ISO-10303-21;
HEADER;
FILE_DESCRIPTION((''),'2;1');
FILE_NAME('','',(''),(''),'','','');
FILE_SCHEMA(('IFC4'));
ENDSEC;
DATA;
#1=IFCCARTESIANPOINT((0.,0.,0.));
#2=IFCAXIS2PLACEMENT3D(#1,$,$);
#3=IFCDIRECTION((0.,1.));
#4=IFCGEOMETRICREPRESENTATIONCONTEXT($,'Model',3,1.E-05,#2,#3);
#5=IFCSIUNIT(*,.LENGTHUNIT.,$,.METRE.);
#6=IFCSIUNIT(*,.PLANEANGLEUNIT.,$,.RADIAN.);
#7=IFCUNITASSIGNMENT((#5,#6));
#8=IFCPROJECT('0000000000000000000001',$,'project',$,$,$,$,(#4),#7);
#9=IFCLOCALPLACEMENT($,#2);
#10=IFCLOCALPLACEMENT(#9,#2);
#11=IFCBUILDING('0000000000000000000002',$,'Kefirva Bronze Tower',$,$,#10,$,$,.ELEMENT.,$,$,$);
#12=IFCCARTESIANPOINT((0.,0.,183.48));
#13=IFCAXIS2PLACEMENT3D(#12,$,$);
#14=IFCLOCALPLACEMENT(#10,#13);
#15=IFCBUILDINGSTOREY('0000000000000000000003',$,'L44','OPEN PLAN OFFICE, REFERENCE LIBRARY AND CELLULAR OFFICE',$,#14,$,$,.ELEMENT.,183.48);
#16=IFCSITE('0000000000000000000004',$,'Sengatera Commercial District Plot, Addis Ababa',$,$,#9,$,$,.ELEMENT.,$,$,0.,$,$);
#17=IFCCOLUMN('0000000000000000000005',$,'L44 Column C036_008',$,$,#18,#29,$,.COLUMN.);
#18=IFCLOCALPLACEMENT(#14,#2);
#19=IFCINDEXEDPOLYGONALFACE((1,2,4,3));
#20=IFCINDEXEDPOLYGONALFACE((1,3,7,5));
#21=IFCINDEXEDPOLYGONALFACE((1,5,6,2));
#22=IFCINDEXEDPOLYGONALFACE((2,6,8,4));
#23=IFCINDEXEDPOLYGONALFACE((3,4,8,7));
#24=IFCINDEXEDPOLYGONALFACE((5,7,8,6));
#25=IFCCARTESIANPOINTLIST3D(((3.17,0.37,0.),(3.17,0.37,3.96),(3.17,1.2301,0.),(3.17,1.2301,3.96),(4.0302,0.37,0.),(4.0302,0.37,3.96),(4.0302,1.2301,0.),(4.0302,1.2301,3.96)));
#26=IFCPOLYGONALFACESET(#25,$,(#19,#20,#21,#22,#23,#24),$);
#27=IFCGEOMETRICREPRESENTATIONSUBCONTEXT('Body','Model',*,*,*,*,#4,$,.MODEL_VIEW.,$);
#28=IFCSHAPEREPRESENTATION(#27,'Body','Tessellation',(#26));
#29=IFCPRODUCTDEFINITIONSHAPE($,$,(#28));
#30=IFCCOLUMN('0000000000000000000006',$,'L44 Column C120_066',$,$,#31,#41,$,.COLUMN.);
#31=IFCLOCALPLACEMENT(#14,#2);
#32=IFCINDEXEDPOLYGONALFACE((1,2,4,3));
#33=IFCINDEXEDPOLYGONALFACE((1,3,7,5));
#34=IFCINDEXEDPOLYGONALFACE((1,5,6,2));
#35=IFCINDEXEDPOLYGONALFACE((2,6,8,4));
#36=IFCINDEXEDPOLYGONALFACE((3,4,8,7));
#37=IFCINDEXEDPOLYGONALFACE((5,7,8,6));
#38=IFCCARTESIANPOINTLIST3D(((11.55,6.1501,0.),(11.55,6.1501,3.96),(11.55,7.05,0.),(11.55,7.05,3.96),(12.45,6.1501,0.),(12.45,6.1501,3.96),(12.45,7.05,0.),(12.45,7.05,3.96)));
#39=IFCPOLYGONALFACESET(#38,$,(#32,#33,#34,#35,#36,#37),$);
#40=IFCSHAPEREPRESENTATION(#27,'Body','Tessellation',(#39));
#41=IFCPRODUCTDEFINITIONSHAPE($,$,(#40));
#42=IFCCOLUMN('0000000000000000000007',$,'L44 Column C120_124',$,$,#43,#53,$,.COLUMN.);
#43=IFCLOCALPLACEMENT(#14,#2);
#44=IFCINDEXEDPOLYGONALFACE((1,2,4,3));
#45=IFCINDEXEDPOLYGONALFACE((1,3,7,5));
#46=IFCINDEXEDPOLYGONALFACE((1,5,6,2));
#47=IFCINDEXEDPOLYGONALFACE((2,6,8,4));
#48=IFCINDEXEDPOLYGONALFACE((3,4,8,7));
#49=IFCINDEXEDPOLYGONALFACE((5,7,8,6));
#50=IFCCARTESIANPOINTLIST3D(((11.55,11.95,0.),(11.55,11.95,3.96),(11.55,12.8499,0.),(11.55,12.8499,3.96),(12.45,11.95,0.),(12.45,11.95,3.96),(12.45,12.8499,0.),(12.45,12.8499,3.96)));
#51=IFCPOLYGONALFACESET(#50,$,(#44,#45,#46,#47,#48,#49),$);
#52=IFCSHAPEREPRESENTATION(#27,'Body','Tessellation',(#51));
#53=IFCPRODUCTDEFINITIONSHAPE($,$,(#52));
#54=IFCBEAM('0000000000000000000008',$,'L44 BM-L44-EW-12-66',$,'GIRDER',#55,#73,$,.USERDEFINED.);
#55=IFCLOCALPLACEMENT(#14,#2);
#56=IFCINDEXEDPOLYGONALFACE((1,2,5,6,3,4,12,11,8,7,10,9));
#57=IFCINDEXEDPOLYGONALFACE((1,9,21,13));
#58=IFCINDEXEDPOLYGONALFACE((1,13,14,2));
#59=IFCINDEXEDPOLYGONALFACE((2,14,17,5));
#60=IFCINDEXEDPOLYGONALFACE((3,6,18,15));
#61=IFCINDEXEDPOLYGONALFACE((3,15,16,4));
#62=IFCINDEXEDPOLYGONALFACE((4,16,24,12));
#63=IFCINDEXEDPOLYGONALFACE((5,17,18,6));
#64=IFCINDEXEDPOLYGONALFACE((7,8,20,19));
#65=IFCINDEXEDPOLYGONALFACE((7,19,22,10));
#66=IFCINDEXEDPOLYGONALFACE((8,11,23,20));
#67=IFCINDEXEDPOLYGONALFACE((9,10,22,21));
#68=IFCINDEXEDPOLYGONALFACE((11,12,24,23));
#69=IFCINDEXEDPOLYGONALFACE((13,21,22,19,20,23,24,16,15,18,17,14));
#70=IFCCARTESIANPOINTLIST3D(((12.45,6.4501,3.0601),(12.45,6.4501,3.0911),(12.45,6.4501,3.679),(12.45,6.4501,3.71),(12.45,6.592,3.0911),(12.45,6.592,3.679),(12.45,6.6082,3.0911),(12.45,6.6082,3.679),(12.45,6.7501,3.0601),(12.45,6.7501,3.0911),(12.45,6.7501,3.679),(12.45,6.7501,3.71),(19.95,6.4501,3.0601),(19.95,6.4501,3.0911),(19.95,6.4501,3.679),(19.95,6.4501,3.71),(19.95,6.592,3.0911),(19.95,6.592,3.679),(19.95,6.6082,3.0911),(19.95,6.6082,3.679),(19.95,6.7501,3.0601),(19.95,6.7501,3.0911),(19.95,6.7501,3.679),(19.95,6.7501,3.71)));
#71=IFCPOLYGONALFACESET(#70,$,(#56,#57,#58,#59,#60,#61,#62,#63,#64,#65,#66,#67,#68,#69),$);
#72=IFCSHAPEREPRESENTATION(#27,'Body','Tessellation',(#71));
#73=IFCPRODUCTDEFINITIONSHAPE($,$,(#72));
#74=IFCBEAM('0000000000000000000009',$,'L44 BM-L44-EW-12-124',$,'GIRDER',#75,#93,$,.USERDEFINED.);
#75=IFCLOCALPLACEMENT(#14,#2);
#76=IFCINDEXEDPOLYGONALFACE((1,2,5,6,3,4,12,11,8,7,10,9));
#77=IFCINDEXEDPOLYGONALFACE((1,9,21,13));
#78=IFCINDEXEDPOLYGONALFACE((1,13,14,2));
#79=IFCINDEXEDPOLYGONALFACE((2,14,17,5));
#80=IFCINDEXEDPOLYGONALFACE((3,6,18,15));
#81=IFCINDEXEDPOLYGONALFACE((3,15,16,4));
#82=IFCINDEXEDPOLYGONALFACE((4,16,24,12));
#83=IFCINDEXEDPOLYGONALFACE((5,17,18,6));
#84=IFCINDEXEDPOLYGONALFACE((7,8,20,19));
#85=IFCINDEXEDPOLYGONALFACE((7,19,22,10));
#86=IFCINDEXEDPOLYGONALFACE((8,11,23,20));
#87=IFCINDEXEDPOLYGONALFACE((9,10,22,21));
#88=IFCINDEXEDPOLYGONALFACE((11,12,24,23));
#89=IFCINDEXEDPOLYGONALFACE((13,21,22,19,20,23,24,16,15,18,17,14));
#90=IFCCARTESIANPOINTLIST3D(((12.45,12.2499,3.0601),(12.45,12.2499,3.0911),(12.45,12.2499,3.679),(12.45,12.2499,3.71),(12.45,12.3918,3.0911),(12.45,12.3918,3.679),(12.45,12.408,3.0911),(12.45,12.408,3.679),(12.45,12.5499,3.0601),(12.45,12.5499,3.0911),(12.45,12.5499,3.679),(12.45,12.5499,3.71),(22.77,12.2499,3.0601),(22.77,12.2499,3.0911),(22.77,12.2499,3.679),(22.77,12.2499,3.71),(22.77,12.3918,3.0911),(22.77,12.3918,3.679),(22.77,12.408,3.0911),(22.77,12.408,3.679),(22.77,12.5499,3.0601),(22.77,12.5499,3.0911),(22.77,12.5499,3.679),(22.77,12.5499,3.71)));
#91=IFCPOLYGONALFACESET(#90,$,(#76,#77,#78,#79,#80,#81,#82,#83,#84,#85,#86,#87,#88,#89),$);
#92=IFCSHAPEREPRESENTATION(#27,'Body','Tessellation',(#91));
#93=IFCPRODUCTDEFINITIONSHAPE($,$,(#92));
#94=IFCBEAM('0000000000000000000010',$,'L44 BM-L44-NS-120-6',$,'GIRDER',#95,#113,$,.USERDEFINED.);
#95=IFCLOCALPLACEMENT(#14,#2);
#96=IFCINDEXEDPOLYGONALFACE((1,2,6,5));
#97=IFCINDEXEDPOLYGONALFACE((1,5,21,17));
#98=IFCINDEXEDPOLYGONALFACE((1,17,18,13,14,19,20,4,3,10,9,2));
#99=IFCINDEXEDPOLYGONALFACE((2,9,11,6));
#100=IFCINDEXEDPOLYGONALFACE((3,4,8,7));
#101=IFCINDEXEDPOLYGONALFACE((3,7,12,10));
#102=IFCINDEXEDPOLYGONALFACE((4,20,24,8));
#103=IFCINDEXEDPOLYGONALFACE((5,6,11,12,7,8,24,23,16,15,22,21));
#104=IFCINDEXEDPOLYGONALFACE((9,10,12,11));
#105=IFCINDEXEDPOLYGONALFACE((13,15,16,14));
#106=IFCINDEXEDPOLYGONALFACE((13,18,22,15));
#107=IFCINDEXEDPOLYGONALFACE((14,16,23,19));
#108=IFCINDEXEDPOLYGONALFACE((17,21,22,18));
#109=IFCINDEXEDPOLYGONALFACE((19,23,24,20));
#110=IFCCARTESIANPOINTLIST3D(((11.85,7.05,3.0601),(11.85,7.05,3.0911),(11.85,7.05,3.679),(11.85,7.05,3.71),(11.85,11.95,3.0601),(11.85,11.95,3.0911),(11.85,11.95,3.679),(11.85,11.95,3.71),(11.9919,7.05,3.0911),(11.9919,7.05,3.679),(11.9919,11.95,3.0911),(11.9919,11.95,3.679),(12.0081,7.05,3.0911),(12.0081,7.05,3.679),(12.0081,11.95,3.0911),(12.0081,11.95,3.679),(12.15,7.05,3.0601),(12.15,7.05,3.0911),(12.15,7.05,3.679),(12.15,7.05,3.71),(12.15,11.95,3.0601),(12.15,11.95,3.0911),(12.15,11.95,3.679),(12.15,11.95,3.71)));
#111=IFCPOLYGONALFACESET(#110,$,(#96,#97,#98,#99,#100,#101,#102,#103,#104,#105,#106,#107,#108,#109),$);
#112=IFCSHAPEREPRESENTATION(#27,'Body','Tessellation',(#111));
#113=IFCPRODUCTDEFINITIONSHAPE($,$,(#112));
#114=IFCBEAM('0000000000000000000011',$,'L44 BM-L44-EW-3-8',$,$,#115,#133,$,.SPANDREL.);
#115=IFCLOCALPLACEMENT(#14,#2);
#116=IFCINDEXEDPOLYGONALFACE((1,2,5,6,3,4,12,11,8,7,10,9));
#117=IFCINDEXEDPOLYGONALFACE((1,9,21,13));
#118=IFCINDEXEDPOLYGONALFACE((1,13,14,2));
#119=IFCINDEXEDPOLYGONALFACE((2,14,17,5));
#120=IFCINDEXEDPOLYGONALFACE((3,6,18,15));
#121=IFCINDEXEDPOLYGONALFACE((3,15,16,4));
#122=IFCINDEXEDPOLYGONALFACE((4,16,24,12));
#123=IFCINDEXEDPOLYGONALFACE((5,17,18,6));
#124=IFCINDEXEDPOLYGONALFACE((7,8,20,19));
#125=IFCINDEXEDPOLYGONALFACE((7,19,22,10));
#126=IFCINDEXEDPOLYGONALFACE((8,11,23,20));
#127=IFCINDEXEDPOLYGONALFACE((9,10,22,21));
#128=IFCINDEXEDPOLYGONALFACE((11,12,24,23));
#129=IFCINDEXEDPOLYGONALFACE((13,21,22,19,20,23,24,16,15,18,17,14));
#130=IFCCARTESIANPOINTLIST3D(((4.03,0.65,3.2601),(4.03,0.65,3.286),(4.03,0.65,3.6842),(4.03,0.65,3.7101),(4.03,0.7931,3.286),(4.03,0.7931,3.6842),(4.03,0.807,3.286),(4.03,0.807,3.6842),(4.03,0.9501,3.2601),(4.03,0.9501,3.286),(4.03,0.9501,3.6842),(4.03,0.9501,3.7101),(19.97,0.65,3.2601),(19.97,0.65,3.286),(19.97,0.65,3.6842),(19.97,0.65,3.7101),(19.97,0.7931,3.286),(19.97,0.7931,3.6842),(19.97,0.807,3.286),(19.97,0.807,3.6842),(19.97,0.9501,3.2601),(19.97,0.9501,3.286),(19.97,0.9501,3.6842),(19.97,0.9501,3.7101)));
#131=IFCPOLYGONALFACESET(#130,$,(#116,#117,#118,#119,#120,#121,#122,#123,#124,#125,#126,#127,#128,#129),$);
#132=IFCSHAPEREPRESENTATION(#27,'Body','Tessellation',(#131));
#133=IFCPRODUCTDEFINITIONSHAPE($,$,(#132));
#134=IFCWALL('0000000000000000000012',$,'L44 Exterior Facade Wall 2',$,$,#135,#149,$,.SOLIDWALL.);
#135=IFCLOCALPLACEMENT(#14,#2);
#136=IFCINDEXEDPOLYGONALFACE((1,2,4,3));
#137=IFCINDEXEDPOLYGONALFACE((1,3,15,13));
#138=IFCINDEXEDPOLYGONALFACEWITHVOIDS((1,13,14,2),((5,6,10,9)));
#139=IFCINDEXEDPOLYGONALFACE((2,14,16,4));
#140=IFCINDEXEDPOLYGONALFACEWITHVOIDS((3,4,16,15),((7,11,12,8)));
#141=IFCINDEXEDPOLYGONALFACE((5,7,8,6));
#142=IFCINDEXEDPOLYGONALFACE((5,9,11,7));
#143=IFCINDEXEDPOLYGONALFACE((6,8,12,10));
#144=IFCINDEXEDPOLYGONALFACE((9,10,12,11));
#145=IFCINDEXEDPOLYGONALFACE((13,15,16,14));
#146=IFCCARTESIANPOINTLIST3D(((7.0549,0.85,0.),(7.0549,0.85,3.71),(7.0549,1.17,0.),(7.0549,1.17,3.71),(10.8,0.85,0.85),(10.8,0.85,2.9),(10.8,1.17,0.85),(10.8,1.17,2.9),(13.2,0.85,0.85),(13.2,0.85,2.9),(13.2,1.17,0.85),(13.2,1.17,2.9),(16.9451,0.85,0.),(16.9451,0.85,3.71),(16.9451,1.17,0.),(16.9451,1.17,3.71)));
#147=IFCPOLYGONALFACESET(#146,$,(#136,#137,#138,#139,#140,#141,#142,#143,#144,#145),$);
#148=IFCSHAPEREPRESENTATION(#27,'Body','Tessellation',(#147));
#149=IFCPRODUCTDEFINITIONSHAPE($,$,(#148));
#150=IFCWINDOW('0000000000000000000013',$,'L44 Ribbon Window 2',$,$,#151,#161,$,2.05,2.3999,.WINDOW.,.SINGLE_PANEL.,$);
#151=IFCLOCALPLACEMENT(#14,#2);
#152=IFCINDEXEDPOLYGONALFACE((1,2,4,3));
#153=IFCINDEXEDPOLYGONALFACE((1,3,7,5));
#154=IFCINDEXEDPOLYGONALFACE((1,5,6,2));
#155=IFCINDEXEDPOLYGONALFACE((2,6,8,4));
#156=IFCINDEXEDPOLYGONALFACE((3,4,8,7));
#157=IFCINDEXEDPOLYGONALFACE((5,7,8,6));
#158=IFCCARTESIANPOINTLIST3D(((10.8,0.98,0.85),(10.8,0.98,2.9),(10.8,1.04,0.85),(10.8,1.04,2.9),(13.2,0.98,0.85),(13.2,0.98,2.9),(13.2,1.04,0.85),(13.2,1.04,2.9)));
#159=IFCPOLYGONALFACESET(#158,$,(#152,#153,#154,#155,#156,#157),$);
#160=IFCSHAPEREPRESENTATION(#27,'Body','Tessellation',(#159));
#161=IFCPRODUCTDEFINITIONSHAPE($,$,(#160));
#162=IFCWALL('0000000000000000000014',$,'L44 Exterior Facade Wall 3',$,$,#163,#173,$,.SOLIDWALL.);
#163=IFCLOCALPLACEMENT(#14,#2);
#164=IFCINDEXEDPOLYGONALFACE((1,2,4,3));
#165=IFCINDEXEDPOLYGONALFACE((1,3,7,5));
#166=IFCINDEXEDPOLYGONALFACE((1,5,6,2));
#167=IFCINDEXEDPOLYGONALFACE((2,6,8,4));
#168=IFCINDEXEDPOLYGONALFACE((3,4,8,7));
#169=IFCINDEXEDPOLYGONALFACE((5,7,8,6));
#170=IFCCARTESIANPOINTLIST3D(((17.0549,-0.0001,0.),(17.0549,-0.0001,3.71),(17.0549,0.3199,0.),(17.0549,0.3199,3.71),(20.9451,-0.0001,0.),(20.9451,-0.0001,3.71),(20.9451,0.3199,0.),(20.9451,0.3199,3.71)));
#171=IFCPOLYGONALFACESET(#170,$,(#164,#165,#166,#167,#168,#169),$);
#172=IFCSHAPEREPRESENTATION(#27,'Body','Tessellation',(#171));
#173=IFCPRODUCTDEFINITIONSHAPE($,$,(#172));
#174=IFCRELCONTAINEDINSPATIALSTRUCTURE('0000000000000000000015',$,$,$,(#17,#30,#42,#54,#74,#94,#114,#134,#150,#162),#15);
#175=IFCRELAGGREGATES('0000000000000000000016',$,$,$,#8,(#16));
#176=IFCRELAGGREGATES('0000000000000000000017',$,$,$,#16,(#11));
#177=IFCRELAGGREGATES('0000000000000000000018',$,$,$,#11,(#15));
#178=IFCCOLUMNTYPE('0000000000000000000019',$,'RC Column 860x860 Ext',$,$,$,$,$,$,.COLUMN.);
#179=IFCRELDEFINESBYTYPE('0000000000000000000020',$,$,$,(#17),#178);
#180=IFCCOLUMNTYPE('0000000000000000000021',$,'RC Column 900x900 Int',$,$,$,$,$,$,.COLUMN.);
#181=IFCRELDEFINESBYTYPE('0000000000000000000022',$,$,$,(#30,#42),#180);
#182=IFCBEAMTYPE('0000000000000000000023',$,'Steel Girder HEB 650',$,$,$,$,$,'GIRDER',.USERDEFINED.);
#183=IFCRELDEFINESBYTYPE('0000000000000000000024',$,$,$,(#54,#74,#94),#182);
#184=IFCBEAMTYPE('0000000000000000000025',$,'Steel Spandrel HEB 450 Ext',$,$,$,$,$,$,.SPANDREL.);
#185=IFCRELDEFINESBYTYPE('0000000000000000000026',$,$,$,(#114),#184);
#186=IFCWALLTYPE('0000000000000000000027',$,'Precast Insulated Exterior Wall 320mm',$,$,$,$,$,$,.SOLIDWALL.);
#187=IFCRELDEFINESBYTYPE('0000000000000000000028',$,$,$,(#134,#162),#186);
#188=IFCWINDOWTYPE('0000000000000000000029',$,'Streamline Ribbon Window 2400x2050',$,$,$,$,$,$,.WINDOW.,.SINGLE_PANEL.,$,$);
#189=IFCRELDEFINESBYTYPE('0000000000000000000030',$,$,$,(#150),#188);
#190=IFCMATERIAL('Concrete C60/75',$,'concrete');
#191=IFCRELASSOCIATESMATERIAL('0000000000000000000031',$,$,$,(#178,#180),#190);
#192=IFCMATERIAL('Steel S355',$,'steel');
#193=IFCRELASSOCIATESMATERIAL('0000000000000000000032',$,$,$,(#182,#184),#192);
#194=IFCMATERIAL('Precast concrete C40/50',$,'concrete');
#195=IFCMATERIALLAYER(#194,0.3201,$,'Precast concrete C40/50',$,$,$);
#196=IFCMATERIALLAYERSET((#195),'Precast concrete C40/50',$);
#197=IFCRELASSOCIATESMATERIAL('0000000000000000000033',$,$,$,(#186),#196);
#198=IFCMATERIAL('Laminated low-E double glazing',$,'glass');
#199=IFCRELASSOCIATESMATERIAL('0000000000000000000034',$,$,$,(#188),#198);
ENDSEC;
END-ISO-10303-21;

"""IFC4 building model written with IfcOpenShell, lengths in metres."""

from ifc_helpers import new_model, si_unit, direction, frame, frame_2d, origin, origin_2d, place, context, subcontext, project, spatial, rectangle, i_section, extrude, material, layer, layer_set, material_profile, profile_set, type_object, element, fill, save


model = new_model("IFC4")

# Units and contexts
model_context = context("Model", 3, precision=1e-05, world=origin(), true_north=direction((0.0, 1.0)))
body_context = subcontext(model_context, "Body", "Model", "MODEL_VIEW")
ifc_project = project(units=[si_unit("LENGTHUNIT", "METRE"), si_unit("PLANEANGLEUNIT", "RADIAN")], contexts=[model_context])

# Site, building, storey
site_placement = place(None, origin())
site = spatial("IfcSite", under=ifc_project, at=site_placement, Name="Sengatera Commercial District Plot, Addis Ababa", CompositionType="ELEMENT", RefElevation=0.0)
building_placement = place(site_placement, origin())
building = spatial("IfcBuilding", under=site, at=building_placement, Name="Kefirva Bronze Tower", CompositionType="ELEMENT")
storey_placement = place(building_placement, frame((0.0, 0.0, 183.48)))
storey = spatial("IfcBuildingStorey", under=building, at=storey_placement, Name="L44", Description="OPEN PLAN OFFICE, REFERENCE LIBRARY AND CELLULAR OFFICE", CompositionType="ELEMENT", Elevation=183.48)

# Columns
ifc_material_1 = material(Name="Concrete C60/75", Category="concrete")
ifc_material_profile_1 = material_profile(ifc_material_1, rectangle(XDim=0.8601, YDim=0.8601, at=origin_2d()), Name="RC 860x860")
ifc_profile_set_1 = profile_set([ifc_material_profile_1], Name="Concrete C60/75")
column_type_1 = type_object("IfcColumnType", Name="RC Column 860x860 Ext", PredefinedType="COLUMN", material=ifc_profile_set_1)
column_placement = place(storey_placement, frame((3.6001, 0.8, 0.0), z_axis=(0.0, 0.0, 1.0), x_axis=(1.0, 0.0, 0.0)))
element("IfcColumn", 1, at=column_placement, inside=storey, type_object=column_type_1, Name="L44 Column C036_008", PredefinedType="COLUMN", context=body_context, shape_type="SweptSolid", body=[
    extrude(rectangle(XDim=0.8601, YDim=0.8601, at=origin_2d()), origin(), (0.0, 0.0, 1.0), 3.96),
])
ifc_material_profile_2 = material_profile(ifc_material_1, rectangle(XDim=0.8999, YDim=0.8999, at=origin_2d()), Name="RC 900x900")
ifc_profile_set_2 = profile_set([ifc_material_profile_2], Name="Concrete C60/75")
column_type_2 = type_object("IfcColumnType", Name="RC Column 900x900 Int", PredefinedType="COLUMN", material=ifc_profile_set_2)
for number, where, z_axis, x_axis, name in (
    (2, (12.0, 6.6001, 0.0), (0.0, 0.0, 1.0), (1.0, 0.0, 0.0), "L44 Column C120_066"),
    (3, (12.0, 12.3999, 0.0), (0.0, 0.0, 1.0), (1.0, 0.0, 0.0), "L44 Column C120_124"),
):
    element("IfcColumn", number, at=place(storey_placement, frame(where, z_axis=z_axis, x_axis=x_axis)), inside=storey, type_object=column_type_2, Name=name, PredefinedType="COLUMN", context=body_context, shape_type="SweptSolid", body=[
        extrude(rectangle(XDim=0.8999, YDim=0.8999, at=origin_2d()), origin(), (0.0, 0.0, 1.0), 3.96),
    ])

# Beams
ifc_material_2 = material(Name="Steel S355", Category="steel")
ifc_material_profile_3 = material_profile(ifc_material_2, i_section(OverallWidth=0.3, OverallDepth=0.6499, WebThickness=0.0161, FlangeThickness=0.031, at=origin_2d()), Name="HEB 650")
ifc_profile_set_3 = profile_set([ifc_material_profile_3], Name="Steel S355")
beam_type_1 = type_object("IfcBeamType", Name="Steel Girder HEB 650", ElementType="GIRDER", PredefinedType="USERDEFINED", material=ifc_profile_set_3)
beam_1_placement = place(storey_placement, frame((12.45, 6.6001, 3.385), z_axis=(1.0, 0.0, 0.0), x_axis=(0.0, 1.0, 0.0)))
element("IfcBeam", 4, at=beam_1_placement, inside=storey, type_object=beam_type_1, Name="L44 BM-L44-EW-12-66", ObjectType="GIRDER", PredefinedType="USERDEFINED", context=body_context, shape_type="SweptSolid", body=[
    extrude(i_section(OverallWidth=0.3, OverallDepth=0.6499, WebThickness=0.0161, FlangeThickness=0.031, at=origin_2d()), origin(), (0.0, 0.0, 1.0), 7.5),
])
beam_2_placement = place(storey_placement, frame((12.45, 12.3999, 3.385), z_axis=(1.0, 0.0, 0.0), x_axis=(0.0, 1.0, 0.0)))
element("IfcBeam", 5, at=beam_2_placement, inside=storey, type_object=beam_type_1, Name="L44 BM-L44-EW-12-124", ObjectType="GIRDER", PredefinedType="USERDEFINED", context=body_context, shape_type="SweptSolid", body=[
    extrude(i_section(OverallWidth=0.3, OverallDepth=0.6499, WebThickness=0.0161, FlangeThickness=0.031, at=origin_2d()), origin(), (0.0, 0.0, 1.0), 10.3201),
])
beam_3_placement = place(storey_placement, frame((12.0, 7.05, 3.385), z_axis=(0.0, 1.0, 0.0), x_axis=(-1.0, 0.0, 0.0)))
element("IfcBeam", 6, at=beam_3_placement, inside=storey, type_object=beam_type_1, Name="L44 BM-L44-NS-120-6", ObjectType="GIRDER", PredefinedType="USERDEFINED", context=body_context, shape_type="SweptSolid", body=[
    extrude(i_section(OverallWidth=0.3, OverallDepth=0.6499, WebThickness=0.0161, FlangeThickness=0.031, at=origin_2d()), origin(), (0.0, 0.0, 1.0), 4.8999),
])
ifc_material_profile_4 = material_profile(ifc_material_2, i_section(OverallWidth=0.3, OverallDepth=0.45, WebThickness=0.0139, FlangeThickness=0.0259, at=origin_2d()), Name="HEB 450")
ifc_profile_set_4 = profile_set([ifc_material_profile_4], Name="Steel S355")
beam_type_2 = type_object("IfcBeamType", Name="Steel Spandrel HEB 450 Ext", PredefinedType="SPANDREL", material=ifc_profile_set_4)
beam_4_placement = place(storey_placement, frame((4.03, 0.8, 3.4851), z_axis=(1.0, 0.0, 0.0), x_axis=(0.0, 1.0, 0.0)))
element("IfcBeam", 7, at=beam_4_placement, inside=storey, type_object=beam_type_2, Name="L44 BM-L44-EW-3-8", PredefinedType="SPANDREL", context=body_context, shape_type="SweptSolid", body=[
    extrude(i_section(OverallWidth=0.3, OverallDepth=0.45, WebThickness=0.0139, FlangeThickness=0.0259, at=origin_2d()), origin(), (0.0, 0.0, 1.0), 15.9399),
])

# Wall, opening, window
ifc_material_3 = material(Name="Precast concrete C40/50", Category="concrete")
ifc_layer_1 = layer(ifc_material_3, 0.3201, Name="Precast concrete C40/50")
ifc_layer_set_1 = layer_set([ifc_layer_1], Name="Precast concrete C40/50")
wall_type = type_object("IfcWallType", Name="Precast Insulated Exterior Wall 320mm", PredefinedType="SOLIDWALL", material=ifc_layer_set_1)
wall_1_placement = place(storey_placement, frame((7.0549, 1.01, 0.0), z_axis=(0.0, 0.0, 1.0), x_axis=(1.0, 0.0, 0.0)))
wall_1 = element("IfcWall", 8, at=wall_1_placement, inside=storey, type_object=wall_type, Name="L44 Exterior Facade Wall 2", PredefinedType="SOLIDWALL", context=body_context, shape_type="SweptSolid", body=[
    extrude(rectangle(XDim=9.8901, YDim=0.3201, at=frame_2d((4.9451, 0.0))), origin(), (0.0, 0.0, 1.0), 3.71),
])
opening_placement = place(wall_1_placement, frame((3.7451, 0.0, 0.8501)))
opening = element("IfcOpeningElement", 9, at=opening_placement, cuts=wall_1, PredefinedType="OPENING", context=body_context, shape_type="SweptSolid", body=[
    extrude(rectangle(XDim=2.3999, YDim=2.05, at=frame_2d((1.2, 1.0249))), frame((0.0, 0.1699, 0.0), z_axis=(0.0, -1.0, 0.0), x_axis=(1.0, 0.0, 0.0)), (0.0, 0.0, 1.0), 0.3401),
])
ifc_material_4 = material(Name="Laminated low-E double glazing", Category="glass")
window_type = type_object("IfcWindowType", Name="Streamline Ribbon Window 2400x2050", PartitioningType="SINGLE_PANEL", PredefinedType="WINDOW", material=ifc_material_4)
window_placement = place(opening_placement, origin())
window = element("IfcWindow", 10, at=window_placement, inside=storey, type_object=window_type, Name="L44 Ribbon Window 2", OverallHeight=2.05, OverallWidth=2.3999, PartitioningType="SINGLE_PANEL", PredefinedType="WINDOW", context=body_context, shape_type="SweptSolid", body=[
    extrude(rectangle(XDim=2.3999, YDim=2.05, at=frame_2d((1.2, 1.0249))), frame((0.0, 0.03, 0.0), z_axis=(0.0, -1.0, 0.0), x_axis=(1.0, 0.0, 0.0)), (0.0, 0.0, 1.0), 0.0601),
])
fill(opening, window)

# Wall
wall_2_placement = place(storey_placement, frame((17.0549, 0.1599, 0.0), z_axis=(0.0, 0.0, 1.0), x_axis=(1.0, 0.0, 0.0)))
element("IfcWall", 11, at=wall_2_placement, inside=storey, type_object=wall_type, Name="L44 Exterior Facade Wall 3", PredefinedType="SOLIDWALL", context=body_context, shape_type="SweptSolid", body=[
    extrude(rectangle(XDim=3.8901, YDim=0.3201, at=frame_2d((1.9451, 0.0))), origin(), (0.0, 0.0, 1.0), 3.71),
])

save(model, "model.ifc")
